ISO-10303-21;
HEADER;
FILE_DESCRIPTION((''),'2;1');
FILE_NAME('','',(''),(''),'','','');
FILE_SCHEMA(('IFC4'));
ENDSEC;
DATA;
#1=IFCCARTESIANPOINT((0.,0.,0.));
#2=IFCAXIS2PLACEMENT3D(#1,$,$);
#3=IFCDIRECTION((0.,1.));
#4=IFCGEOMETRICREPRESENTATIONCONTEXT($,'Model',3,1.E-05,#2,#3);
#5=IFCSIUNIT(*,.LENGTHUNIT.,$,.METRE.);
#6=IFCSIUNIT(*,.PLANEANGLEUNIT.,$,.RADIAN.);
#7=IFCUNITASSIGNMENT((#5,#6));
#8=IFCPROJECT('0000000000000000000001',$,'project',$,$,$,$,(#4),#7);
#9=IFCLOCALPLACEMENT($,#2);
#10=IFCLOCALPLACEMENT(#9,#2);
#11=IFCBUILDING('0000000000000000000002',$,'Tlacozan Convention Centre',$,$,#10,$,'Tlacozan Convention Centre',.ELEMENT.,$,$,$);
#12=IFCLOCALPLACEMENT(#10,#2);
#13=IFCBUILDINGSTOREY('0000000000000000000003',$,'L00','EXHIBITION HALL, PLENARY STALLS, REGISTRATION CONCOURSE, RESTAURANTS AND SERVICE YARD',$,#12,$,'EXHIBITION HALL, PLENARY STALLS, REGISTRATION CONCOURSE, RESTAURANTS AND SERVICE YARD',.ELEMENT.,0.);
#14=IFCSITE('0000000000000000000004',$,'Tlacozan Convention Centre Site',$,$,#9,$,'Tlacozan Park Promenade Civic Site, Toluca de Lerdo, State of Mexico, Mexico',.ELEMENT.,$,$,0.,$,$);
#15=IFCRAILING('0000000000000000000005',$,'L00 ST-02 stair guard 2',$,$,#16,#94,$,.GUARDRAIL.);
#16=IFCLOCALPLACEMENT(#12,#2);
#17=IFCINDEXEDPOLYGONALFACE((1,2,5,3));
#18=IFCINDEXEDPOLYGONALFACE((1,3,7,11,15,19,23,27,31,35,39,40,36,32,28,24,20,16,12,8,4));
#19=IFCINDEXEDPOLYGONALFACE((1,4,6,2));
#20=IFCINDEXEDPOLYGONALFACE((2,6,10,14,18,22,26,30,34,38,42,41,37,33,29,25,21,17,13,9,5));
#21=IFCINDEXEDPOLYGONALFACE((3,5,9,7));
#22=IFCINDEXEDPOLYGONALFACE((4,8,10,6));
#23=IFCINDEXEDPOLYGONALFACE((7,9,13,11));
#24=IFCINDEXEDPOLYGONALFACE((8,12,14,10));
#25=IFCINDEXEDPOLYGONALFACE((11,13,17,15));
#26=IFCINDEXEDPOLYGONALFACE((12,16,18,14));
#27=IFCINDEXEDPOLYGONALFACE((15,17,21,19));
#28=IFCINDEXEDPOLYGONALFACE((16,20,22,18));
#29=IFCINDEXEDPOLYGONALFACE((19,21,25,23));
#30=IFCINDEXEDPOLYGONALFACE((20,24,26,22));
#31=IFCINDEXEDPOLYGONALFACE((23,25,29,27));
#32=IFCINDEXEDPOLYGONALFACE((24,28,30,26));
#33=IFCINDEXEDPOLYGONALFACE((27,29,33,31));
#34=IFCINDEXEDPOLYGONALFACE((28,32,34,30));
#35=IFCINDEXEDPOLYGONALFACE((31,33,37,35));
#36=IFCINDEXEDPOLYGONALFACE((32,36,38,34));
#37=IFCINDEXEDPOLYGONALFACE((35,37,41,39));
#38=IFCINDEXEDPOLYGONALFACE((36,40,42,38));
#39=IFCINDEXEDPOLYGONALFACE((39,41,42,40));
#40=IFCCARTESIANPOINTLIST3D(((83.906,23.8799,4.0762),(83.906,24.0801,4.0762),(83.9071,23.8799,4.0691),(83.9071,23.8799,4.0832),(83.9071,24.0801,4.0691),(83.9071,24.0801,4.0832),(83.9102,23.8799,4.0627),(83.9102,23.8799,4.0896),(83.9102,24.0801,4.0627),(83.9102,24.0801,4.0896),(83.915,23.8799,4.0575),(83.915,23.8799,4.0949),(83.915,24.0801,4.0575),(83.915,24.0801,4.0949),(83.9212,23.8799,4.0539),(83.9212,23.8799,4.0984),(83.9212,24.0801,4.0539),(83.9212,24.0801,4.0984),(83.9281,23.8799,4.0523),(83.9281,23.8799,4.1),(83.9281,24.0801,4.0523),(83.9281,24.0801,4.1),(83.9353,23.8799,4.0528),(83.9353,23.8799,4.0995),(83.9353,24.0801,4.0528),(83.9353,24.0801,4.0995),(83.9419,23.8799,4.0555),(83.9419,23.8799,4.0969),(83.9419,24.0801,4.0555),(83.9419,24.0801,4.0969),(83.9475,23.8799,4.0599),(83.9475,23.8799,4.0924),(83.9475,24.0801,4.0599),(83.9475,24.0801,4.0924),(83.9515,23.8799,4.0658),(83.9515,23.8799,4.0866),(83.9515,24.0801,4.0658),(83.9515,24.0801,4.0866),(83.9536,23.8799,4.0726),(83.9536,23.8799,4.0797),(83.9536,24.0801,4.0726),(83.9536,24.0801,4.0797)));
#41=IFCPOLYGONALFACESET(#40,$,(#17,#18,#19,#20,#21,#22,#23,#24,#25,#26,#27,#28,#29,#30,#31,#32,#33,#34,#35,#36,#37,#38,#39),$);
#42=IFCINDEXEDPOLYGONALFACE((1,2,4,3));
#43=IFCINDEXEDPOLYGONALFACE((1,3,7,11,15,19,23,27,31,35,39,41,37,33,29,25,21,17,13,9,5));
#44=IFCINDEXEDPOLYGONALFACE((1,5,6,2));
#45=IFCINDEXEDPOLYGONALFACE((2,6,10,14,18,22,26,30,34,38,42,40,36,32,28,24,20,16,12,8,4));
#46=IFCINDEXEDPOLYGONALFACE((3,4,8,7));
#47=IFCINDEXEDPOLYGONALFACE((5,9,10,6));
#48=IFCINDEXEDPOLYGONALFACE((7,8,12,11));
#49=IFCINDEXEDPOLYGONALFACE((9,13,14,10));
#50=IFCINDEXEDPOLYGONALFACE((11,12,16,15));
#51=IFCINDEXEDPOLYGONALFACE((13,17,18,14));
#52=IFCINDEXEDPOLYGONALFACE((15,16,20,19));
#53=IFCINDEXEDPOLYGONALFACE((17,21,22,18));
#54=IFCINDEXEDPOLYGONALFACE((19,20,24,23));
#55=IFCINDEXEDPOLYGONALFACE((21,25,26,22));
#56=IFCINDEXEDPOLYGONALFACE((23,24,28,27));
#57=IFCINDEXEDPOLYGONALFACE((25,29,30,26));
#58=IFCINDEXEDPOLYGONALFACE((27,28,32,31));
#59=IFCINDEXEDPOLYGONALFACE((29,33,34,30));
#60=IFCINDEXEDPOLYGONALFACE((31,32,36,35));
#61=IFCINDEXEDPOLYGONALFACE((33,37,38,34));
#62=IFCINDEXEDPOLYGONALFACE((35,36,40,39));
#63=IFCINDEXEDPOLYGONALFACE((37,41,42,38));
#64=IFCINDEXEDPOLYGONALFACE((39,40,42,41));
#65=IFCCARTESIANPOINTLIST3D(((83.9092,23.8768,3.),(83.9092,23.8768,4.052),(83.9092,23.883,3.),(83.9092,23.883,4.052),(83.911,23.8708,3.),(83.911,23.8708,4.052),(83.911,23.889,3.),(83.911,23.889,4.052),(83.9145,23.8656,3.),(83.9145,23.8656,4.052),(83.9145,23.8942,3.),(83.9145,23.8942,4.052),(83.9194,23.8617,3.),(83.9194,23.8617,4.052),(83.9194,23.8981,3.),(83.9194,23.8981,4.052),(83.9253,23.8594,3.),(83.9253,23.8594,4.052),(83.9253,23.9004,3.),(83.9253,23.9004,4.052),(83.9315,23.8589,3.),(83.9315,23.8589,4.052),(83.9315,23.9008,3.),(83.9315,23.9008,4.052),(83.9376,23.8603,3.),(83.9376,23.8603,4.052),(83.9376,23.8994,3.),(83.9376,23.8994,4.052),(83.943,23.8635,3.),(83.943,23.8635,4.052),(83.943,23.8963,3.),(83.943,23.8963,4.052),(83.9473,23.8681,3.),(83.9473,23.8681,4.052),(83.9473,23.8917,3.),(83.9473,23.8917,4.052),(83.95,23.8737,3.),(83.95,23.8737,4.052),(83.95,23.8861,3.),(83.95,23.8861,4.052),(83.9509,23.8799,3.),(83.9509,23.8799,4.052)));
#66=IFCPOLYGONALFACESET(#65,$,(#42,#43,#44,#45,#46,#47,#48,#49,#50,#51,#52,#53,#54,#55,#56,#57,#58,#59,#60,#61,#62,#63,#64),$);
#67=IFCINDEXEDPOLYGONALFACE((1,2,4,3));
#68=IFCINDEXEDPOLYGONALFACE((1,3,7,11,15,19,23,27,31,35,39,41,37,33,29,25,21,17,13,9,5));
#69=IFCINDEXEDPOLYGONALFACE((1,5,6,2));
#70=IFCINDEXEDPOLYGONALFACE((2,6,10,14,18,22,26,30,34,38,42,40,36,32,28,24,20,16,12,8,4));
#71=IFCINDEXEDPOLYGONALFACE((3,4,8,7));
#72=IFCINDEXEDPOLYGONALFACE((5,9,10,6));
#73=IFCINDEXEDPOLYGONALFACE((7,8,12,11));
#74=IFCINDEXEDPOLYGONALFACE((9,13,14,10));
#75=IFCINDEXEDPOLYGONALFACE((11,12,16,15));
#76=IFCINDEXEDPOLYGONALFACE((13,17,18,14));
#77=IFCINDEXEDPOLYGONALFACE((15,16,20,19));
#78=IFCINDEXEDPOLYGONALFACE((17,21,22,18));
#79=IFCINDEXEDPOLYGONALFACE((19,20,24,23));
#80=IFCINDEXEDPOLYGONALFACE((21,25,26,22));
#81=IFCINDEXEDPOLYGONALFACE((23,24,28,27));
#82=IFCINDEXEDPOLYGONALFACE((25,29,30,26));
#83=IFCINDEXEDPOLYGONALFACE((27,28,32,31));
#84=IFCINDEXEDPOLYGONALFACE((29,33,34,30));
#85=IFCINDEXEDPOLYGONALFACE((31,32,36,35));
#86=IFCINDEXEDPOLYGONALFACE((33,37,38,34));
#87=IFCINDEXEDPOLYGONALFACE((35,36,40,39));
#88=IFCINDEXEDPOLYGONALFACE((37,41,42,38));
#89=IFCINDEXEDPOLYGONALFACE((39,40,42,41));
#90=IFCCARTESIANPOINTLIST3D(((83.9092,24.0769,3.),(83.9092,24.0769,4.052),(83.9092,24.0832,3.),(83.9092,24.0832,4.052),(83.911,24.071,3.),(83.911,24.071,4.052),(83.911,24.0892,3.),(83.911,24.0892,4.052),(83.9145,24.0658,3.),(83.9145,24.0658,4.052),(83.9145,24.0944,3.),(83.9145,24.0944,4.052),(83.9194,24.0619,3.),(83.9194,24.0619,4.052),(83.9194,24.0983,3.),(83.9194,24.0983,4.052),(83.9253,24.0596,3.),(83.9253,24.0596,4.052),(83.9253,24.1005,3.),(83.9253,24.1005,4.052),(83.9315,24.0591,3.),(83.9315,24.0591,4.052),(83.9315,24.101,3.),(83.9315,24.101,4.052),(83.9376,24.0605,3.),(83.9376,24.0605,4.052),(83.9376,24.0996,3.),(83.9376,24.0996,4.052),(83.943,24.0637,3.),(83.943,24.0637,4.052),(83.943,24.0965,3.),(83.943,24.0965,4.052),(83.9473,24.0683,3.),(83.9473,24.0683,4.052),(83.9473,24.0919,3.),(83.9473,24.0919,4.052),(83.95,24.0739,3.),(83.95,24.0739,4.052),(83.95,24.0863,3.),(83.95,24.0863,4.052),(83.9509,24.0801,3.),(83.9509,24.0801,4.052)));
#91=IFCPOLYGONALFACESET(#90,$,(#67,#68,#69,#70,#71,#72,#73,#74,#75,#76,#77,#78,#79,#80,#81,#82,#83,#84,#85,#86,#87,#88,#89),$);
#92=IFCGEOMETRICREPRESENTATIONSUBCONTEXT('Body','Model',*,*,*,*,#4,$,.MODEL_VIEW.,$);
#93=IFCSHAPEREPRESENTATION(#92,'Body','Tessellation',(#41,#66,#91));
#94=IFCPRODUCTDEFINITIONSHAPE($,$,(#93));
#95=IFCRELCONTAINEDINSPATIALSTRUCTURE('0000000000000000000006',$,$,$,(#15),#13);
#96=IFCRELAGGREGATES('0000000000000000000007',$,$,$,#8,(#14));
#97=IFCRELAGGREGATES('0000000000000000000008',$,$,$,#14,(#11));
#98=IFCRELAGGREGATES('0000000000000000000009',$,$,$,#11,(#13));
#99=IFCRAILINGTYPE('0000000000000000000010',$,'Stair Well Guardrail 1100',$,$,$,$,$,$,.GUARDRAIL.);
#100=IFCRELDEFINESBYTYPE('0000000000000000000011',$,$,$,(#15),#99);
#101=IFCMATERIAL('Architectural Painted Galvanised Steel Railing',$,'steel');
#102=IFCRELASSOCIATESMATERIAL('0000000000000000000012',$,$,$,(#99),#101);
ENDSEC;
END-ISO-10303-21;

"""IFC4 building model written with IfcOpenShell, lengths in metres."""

from ifc_helpers import new_model, si_unit, direction, frame, origin, origin_2d, place, context, subcontext, project, spatial, circle, extrude, material, type_object, element, save


model = new_model("IFC4")

# Units and contexts
model_context = context("Model", 3, precision=1e-05, world=origin(), true_north=direction((0.0, 1.0)))
body_context = subcontext(model_context, "Body", "Model", "MODEL_VIEW")
ifc_project = project(units=[si_unit("LENGTHUNIT", "METRE"), si_unit("PLANEANGLEUNIT", "RADIAN")], contexts=[model_context])

# Site, building, storey
site_placement = place(None, origin())
site = spatial("IfcSite", under=ifc_project, at=site_placement, Name="Tlacozan Convention Centre Site", LongName="Tlacozan Park Promenade Civic Site, Toluca de Lerdo, State of Mexico, Mexico", CompositionType="ELEMENT", RefElevation=0.0)
building_placement = place(site_placement, origin())
building = spatial("IfcBuilding", under=site, at=building_placement, Name="Tlacozan Convention Centre", LongName="Tlacozan Convention Centre", CompositionType="ELEMENT")
storey_placement = place(building_placement, origin())
storey = spatial("IfcBuildingStorey", under=building, at=storey_placement, Name="L00", Description="EXHIBITION HALL, PLENARY STALLS, REGISTRATION CONCOURSE, RESTAURANTS AND SERVICE YARD", LongName="EXHIBITION HALL, PLENARY STALLS, REGISTRATION CONCOURSE, RESTAURANTS AND SERVICE YARD", CompositionType="ELEMENT", Elevation=0.0)

# Railing
ifc_material_1 = material(Name="Architectural Painted Galvanised Steel Railing", Category="steel")
railing_type_1 = type_object("IfcRailingType", Name="Stair Well Guardrail 1100", PredefinedType="GUARDRAIL", material=ifc_material_1)
railing_1_placement = place(storey_placement, frame((83.9299, 23.8799, 3.0)))
element("IfcRailing", 1, at=railing_1_placement, inside=storey, type_object=railing_type_1, Name="L00 ST-02 stair guard 2", PredefinedType="GUARDRAIL", context=body_context, shape_type="SweptSolid", body=[
    extrude(circle(Radius=0.0239, at=origin_2d()), frame((0.0, 0.0, 1.0762), z_axis=(0.0, 1.0, 0.0), x_axis=(-1.0, 0.0, 0.0)), (0.0, 0.0, 1.0), 0.2002),
    extrude(circle(Radius=0.021, at=origin_2d()), origin(), (0.0, 0.0, 1.0), 1.052),
    extrude(circle(Radius=0.021, at=origin_2d()), frame((0.0, 0.2002, 0.0)), (0.0, 0.0, 1.0), 1.052),
])

save(model, "model.ifc")
